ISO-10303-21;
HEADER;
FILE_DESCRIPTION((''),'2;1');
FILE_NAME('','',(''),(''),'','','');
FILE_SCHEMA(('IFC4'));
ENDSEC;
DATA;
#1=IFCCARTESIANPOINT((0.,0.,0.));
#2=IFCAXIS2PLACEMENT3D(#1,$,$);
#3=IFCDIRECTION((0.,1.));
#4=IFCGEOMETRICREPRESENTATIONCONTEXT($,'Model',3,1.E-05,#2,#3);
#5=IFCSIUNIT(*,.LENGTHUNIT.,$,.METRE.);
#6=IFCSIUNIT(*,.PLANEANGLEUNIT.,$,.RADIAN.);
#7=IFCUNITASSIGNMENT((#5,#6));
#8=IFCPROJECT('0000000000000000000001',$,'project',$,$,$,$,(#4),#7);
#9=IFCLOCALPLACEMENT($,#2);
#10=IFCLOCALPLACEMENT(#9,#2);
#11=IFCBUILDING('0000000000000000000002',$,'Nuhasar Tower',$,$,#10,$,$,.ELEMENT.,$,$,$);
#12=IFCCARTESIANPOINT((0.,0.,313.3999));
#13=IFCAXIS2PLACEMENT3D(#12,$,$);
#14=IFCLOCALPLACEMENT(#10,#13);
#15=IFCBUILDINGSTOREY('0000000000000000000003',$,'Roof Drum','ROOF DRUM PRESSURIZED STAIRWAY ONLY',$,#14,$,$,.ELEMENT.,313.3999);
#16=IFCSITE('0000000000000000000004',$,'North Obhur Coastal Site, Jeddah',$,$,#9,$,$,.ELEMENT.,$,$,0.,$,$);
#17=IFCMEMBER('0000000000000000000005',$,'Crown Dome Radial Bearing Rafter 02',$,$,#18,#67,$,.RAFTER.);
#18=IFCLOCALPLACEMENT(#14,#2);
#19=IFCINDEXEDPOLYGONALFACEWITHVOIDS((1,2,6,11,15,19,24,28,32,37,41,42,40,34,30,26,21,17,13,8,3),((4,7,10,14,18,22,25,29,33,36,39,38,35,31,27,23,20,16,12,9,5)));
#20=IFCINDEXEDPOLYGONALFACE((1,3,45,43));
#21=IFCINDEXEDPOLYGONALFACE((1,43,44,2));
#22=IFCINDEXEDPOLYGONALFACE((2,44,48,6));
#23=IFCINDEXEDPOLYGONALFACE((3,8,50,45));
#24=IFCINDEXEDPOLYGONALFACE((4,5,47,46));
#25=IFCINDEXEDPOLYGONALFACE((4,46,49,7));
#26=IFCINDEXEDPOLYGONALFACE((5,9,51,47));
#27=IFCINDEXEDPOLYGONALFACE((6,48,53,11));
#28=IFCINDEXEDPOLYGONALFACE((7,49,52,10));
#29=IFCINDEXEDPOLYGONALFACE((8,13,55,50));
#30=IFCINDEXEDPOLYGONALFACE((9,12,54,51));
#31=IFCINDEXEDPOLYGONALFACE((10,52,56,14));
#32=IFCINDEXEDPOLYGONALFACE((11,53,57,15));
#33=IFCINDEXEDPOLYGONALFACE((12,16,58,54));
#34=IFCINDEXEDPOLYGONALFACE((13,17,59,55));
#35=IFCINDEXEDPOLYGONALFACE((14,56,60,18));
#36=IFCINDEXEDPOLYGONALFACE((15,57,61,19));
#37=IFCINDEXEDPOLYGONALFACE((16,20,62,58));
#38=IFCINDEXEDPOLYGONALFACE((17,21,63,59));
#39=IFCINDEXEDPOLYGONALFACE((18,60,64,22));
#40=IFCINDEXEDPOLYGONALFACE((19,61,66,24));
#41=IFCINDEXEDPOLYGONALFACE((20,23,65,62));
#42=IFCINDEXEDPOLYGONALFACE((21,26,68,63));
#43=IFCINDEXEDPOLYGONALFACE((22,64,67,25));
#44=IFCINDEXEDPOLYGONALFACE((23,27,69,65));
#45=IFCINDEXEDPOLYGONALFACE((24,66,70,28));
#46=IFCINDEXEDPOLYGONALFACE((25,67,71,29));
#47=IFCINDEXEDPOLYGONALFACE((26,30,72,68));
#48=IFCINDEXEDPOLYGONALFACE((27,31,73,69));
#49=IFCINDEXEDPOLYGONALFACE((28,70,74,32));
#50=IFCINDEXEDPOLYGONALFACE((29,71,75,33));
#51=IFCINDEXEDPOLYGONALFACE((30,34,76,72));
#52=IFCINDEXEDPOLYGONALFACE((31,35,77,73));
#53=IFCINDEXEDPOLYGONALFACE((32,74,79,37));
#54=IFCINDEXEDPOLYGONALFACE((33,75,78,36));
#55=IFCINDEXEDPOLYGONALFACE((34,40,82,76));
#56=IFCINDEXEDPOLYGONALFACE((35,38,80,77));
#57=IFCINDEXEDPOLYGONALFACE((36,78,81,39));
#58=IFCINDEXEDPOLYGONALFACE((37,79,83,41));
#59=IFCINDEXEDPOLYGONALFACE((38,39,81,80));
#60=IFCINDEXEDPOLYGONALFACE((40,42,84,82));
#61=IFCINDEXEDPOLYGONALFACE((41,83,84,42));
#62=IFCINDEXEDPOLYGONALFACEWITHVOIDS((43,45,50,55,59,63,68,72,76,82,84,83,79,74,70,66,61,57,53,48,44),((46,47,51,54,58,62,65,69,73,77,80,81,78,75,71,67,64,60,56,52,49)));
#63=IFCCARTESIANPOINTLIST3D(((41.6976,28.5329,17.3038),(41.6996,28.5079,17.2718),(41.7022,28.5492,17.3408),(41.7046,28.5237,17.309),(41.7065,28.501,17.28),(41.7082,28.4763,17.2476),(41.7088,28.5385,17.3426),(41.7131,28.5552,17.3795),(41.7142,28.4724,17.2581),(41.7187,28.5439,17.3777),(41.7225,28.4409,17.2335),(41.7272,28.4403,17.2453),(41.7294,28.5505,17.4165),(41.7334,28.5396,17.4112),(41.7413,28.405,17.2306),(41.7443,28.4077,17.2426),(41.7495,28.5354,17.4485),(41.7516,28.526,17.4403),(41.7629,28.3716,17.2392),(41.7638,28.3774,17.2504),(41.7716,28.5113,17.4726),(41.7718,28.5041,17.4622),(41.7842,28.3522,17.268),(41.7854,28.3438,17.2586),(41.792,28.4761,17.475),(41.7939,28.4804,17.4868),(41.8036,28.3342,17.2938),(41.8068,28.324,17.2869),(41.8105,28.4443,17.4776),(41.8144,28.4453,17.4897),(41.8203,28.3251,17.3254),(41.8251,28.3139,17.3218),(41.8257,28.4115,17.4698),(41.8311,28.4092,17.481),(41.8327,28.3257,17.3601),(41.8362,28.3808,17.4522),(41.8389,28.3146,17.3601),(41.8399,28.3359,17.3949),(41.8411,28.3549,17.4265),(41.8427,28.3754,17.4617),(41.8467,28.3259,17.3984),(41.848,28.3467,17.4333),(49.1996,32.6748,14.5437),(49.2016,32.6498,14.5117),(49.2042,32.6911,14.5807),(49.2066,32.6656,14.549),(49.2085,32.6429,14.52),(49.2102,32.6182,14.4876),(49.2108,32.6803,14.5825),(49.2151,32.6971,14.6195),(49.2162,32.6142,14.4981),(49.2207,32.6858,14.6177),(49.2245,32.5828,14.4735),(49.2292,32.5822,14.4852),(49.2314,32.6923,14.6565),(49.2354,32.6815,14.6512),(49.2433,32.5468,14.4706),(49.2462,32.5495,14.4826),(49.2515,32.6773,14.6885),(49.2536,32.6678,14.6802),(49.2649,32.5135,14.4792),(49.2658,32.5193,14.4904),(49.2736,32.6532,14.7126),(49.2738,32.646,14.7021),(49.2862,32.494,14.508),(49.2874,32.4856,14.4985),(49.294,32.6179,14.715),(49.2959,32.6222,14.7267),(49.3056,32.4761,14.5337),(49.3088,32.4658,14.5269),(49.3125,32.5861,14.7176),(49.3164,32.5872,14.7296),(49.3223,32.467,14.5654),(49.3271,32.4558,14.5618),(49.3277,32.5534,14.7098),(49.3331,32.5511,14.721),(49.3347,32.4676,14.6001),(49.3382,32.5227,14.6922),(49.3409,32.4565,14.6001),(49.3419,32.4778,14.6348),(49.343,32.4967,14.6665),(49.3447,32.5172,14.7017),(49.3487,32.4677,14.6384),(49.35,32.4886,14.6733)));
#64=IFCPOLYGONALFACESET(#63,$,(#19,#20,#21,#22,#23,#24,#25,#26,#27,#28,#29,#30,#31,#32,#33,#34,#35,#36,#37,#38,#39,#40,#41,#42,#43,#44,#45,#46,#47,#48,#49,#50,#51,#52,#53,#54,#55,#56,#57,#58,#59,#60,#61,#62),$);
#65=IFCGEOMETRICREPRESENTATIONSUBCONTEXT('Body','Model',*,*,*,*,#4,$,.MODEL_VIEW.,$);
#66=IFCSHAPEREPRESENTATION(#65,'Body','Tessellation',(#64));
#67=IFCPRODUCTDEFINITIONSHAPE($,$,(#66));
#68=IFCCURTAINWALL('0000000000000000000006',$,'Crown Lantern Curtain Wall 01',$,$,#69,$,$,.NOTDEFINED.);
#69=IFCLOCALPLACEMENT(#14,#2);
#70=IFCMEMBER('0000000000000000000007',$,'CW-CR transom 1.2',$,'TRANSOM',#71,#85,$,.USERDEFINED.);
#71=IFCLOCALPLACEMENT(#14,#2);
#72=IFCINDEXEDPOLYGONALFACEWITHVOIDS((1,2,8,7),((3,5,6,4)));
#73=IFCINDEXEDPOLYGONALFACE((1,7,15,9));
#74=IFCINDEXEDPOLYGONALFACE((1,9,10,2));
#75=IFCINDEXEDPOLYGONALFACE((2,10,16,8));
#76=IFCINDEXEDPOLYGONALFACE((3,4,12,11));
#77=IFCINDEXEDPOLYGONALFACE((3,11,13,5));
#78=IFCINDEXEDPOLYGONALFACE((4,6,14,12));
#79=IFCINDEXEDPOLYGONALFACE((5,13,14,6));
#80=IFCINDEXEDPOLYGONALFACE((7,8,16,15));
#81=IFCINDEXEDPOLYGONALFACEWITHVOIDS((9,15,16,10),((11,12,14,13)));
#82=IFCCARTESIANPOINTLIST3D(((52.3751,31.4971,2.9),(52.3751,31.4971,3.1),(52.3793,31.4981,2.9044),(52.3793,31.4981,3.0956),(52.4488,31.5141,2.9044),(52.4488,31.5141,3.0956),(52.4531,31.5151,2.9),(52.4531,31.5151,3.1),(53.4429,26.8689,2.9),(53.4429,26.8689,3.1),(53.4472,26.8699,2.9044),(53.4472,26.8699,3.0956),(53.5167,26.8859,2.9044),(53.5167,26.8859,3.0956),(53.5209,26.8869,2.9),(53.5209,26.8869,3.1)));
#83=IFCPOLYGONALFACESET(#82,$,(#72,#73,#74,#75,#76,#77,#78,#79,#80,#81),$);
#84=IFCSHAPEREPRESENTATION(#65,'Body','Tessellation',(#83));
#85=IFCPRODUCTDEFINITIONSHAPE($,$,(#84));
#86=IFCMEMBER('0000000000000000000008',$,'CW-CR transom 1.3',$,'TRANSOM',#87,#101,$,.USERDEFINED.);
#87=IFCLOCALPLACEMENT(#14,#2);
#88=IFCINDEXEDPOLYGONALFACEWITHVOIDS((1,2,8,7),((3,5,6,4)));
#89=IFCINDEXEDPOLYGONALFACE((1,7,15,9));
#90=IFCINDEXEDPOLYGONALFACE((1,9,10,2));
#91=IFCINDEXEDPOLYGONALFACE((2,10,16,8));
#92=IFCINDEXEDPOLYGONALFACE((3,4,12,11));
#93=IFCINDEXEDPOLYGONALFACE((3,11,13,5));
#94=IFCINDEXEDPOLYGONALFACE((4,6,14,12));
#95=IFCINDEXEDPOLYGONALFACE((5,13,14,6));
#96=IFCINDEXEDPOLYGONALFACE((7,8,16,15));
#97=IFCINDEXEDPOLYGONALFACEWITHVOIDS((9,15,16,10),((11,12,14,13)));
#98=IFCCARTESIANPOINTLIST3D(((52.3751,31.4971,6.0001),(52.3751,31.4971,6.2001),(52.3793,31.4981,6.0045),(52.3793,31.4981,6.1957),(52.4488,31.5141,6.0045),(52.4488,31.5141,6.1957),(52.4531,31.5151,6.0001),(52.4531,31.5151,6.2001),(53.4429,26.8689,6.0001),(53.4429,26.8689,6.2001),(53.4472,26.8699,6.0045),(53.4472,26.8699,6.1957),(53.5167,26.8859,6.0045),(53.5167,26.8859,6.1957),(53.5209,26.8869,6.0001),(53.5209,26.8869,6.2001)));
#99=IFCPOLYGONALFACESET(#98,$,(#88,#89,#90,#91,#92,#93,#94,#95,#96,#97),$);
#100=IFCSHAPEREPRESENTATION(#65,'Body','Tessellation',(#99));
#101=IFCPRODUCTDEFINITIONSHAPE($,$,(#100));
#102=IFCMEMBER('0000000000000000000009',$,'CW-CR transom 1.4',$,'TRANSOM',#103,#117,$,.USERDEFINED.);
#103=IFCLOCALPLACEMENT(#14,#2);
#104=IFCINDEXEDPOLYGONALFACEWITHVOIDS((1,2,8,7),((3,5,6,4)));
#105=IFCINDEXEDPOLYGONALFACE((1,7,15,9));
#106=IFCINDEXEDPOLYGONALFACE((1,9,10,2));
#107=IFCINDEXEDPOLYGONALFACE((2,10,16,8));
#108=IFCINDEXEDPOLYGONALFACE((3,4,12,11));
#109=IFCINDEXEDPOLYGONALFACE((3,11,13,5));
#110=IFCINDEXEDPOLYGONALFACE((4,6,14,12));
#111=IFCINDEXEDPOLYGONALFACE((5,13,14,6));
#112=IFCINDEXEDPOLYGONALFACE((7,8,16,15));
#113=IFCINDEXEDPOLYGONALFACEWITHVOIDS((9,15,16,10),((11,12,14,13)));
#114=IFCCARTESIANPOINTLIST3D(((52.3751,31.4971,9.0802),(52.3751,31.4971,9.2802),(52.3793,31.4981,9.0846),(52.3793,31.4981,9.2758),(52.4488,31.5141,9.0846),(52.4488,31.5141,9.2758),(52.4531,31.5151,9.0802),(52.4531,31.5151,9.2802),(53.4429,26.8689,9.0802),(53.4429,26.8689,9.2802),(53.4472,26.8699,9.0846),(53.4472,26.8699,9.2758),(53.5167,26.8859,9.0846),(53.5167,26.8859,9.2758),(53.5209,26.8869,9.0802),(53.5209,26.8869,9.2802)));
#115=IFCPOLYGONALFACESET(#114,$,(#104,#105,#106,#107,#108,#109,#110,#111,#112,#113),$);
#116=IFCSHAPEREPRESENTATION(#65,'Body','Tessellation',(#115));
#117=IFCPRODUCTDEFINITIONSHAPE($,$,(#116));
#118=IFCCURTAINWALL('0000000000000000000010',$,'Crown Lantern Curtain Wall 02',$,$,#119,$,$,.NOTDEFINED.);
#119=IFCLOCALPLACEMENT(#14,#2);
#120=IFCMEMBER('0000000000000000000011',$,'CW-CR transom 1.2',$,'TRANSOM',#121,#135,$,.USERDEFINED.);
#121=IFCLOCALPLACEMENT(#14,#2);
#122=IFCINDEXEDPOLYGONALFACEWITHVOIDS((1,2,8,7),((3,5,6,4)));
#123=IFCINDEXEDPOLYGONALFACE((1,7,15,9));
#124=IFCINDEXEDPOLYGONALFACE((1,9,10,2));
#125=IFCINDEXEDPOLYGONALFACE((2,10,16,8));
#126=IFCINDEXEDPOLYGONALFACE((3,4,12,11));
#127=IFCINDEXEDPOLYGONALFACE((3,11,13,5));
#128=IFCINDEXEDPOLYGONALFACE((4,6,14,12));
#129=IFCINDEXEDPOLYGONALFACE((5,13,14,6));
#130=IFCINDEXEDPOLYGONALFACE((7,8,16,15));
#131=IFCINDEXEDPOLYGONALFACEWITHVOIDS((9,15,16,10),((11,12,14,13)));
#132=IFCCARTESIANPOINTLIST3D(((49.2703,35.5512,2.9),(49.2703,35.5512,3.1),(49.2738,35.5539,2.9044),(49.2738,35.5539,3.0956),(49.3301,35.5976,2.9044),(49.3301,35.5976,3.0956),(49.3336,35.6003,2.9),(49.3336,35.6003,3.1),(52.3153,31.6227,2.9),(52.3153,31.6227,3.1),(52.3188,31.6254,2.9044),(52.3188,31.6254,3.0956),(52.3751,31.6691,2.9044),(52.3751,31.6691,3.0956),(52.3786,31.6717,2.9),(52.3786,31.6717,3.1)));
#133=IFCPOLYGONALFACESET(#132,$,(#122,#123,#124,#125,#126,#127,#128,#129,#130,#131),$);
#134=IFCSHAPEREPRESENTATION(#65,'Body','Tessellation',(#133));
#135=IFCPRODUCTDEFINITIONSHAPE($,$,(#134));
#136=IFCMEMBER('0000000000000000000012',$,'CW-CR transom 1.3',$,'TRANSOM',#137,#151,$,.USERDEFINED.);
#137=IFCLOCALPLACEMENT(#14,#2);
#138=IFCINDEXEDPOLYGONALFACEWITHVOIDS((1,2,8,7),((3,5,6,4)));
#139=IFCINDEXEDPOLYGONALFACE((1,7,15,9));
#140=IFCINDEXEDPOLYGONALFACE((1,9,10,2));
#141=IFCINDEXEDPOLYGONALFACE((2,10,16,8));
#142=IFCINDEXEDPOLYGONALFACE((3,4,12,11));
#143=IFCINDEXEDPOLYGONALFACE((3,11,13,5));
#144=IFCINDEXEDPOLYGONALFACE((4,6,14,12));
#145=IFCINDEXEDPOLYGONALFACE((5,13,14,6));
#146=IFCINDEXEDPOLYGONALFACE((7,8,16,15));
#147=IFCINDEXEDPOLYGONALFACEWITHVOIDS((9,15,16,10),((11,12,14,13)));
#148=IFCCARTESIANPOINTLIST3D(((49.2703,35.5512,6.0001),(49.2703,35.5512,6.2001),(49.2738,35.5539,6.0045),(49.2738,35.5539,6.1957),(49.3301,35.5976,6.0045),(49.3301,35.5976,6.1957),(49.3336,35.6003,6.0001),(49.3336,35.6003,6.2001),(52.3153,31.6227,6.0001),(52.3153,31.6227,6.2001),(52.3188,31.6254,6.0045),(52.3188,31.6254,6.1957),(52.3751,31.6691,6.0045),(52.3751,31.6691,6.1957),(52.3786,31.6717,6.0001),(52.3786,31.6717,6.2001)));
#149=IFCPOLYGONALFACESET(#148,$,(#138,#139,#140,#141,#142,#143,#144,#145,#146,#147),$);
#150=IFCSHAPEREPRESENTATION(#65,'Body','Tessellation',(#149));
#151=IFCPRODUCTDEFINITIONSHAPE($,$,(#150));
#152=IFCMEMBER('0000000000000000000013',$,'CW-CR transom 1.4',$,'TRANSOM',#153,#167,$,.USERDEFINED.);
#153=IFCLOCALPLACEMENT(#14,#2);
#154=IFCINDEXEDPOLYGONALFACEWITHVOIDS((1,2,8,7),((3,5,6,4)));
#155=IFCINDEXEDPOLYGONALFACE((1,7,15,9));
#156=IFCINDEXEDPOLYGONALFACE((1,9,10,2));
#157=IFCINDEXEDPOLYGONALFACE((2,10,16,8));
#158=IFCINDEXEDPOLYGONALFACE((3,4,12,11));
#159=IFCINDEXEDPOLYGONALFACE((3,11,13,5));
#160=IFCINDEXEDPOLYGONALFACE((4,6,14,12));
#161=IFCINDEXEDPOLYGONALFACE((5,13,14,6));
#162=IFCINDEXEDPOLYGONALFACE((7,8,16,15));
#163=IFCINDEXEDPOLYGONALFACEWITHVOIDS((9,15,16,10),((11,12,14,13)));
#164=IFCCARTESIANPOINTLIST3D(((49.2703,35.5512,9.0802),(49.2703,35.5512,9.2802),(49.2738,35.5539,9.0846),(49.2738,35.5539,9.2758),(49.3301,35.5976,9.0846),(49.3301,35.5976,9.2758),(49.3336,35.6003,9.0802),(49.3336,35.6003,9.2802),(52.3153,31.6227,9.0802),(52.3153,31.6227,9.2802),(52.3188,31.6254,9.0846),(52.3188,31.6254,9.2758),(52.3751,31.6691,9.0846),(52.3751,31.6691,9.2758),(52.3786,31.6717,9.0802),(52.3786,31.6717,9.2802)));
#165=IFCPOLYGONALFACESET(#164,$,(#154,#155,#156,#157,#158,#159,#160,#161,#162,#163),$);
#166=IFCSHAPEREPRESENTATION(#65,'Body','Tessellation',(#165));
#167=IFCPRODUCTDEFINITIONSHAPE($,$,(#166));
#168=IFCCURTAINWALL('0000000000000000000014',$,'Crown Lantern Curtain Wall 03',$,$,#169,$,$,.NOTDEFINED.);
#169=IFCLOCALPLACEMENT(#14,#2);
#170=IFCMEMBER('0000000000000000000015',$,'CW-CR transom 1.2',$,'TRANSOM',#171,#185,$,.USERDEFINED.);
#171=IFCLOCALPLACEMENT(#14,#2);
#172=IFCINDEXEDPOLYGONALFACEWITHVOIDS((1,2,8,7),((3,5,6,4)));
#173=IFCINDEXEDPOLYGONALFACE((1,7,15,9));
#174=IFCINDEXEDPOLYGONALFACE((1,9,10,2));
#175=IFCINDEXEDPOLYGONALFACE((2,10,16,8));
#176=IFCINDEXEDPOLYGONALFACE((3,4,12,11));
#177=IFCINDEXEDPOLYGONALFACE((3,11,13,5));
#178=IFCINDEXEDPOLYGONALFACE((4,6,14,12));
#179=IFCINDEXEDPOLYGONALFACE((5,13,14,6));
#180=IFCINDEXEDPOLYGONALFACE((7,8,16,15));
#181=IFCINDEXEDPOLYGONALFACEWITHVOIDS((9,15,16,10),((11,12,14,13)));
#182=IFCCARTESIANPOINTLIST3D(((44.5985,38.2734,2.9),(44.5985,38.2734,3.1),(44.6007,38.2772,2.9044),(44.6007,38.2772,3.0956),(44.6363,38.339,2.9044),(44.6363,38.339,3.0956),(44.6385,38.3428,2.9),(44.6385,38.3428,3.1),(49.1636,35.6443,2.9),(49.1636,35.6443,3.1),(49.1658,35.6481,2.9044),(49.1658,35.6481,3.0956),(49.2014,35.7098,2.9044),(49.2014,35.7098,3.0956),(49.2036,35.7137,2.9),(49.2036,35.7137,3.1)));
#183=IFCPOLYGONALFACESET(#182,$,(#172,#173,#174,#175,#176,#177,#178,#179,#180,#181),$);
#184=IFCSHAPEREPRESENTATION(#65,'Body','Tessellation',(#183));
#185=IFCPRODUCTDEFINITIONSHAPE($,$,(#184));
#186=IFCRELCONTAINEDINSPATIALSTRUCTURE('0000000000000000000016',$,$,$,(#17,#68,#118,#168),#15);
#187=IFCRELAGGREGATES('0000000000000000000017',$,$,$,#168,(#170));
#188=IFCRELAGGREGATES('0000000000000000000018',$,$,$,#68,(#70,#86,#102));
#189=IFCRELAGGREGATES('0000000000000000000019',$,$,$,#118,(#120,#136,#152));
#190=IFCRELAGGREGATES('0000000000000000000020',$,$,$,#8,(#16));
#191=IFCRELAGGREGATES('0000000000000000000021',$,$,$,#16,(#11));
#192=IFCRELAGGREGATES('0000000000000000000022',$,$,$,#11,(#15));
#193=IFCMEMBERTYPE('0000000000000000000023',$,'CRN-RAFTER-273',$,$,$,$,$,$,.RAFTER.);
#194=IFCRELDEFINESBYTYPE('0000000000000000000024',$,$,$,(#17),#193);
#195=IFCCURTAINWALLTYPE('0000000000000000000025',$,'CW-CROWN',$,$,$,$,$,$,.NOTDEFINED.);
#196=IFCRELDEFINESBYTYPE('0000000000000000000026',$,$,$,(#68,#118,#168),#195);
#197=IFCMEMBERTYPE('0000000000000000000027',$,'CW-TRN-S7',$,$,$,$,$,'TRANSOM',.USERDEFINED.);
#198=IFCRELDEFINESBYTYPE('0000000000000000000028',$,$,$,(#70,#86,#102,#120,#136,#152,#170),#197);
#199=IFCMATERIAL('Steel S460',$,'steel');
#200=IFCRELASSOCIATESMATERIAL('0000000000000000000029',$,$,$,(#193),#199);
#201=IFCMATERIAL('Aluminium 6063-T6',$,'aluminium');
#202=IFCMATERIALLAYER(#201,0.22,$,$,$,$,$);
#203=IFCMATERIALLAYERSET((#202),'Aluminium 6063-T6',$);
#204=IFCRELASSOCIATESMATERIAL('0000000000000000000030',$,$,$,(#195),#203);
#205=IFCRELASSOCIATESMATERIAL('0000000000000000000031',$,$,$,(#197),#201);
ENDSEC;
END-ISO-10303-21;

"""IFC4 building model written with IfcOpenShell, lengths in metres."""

from ifc_helpers import new_model, si_unit, direction, frame, origin, origin_2d, place, context, subcontext, project, spatial, hollow_rectangle, hollow_circle, extrude, material, layer, layer_set, material_profile, profile_set, type_object, element, aggregate, save


model = new_model("IFC4")

# Units and contexts
model_context = context("Model", 3, precision=1e-05, world=origin(), true_north=direction((0.0, 1.0)))
body_context = subcontext(model_context, "Body", "Model", "MODEL_VIEW")
ifc_project = project(units=[si_unit("LENGTHUNIT", "METRE"), si_unit("PLANEANGLEUNIT", "RADIAN")], contexts=[model_context])

# Site, building, storey
site_placement = place(None, origin())
site = spatial("IfcSite", under=ifc_project, at=site_placement, Name="North Obhur Coastal Site, Jeddah", CompositionType="ELEMENT", RefElevation=0.0)
building_placement = place(site_placement, origin())
building = spatial("IfcBuilding", under=site, at=building_placement, Name="Nuhasar Tower", CompositionType="ELEMENT")
storey_placement = place(building_placement, frame((0.0, 0.0, 313.3999)))
storey = spatial("IfcBuildingStorey", under=building, at=storey_placement, Name="Roof Drum", Description="ROOF DRUM PRESSURIZED STAIRWAY ONLY", CompositionType="ELEMENT", Elevation=313.3999)

# Shared definitions
ifc_material_1 = material(Name="Steel S460", Category="steel")

# Member
ifc_material_profile_1 = material_profile(ifc_material_1, hollow_circle(Radius=0.1365, WallThickness=0.0127, at=origin_2d()), Name="HSS273.1X12.7")
ifc_profile_set_1 = profile_set([ifc_material_profile_1], Name="Steel S460")
member_type_1 = type_object("IfcMemberType", Name="CRN-RAFTER-273", PredefinedType="RAFTER", material=ifc_profile_set_1)
member_1_placement = place(storey_placement, frame((49.2749, 32.5759, 14.6001), z_axis=(-0.833284, -0.460058, 0.30657), x_axis=(0.483331, -0.875438, 0.0)))
element("IfcMember", 1, at=member_1_placement, inside=storey, type_object=member_type_1, Name="Crown Dome Radial Bearing Rafter 02", PredefinedType="RAFTER", context=body_context, shape_type="SweptSolid", body=[
    extrude(hollow_circle(Radius=0.1365, WallThickness=0.0127, at=origin_2d()), origin(), (0.0, 0.0, 1.0), 9.0029),
])

# Curtain walls, members
ifc_material_2 = material(Name="Aluminium 6063-T6", Category="aluminium")
ifc_layer_1 = layer(ifc_material_2, 0.22)
ifc_layer_set_1 = layer_set([ifc_layer_1], Name="Aluminium 6063-T6")
curtain_wall_type = type_object("IfcCurtainWallType", Name="CW-CROWN", PredefinedType="NOTDEFINED", material=ifc_layer_set_1)
curtain_wall_1_placement = place(storey_placement, origin())
curtain_wall_1 = element("IfcCurtainWall", 2, at=curtain_wall_1_placement, inside=storey, type_object=curtain_wall_type, Name="Crown Lantern Curtain Wall 01", PredefinedType="NOTDEFINED")
ifc_material_profile_2 = material_profile(ifc_material_2, hollow_rectangle(XDim=0.0801, YDim=0.2, WallThickness=0.0044, at=origin_2d()), Name="CWT-7")
ifc_profile_set_2 = profile_set([ifc_material_profile_2], Name="Aluminium 6063-T6")
member_type_2 = type_object("IfcMemberType", Name="CW-TRN-S7", ElementType="TRANSOM", PredefinedType="USERDEFINED", material=ifc_profile_set_2)
member_2_placement = place(storey_placement, frame((53.4819, 26.8779, 3.0), z_axis=(-0.224826, 0.974399, 0.0), x_axis=(-0.974399, -0.224826, 0.0)))
member_2 = element("IfcMember", 3, at=member_2_placement, type_object=member_type_2, Name="CW-CR transom 1.2", ObjectType="TRANSOM", PredefinedType="USERDEFINED", context=body_context, shape_type="SweptSolid", body=[
    extrude(hollow_rectangle(XDim=0.0801, YDim=0.2, WallThickness=0.0044, at=origin_2d()), origin(), (0.0, 0.0, 1.0), 4.7498),
])
member_3_placement = place(storey_placement, frame((53.4819, 26.8779, 6.1001), z_axis=(-0.224826, 0.974399, 0.0), x_axis=(-0.974399, -0.224826, 0.0)))
member_3 = element("IfcMember", 4, at=member_3_placement, type_object=member_type_2, Name="CW-CR transom 1.3", ObjectType="TRANSOM", PredefinedType="USERDEFINED", context=body_context, shape_type="SweptSolid", body=[
    extrude(hollow_rectangle(XDim=0.0801, YDim=0.2, WallThickness=0.0044, at=origin_2d()), origin(), (0.0, 0.0, 1.0), 4.7498),
])
member_4_placement = place(storey_placement, frame((53.4819, 26.8779, 9.1802), z_axis=(-0.224826, 0.974399, 0.0), x_axis=(-0.974399, -0.224826, 0.0)))
member_4 = element("IfcMember", 5, at=member_4_placement, type_object=member_type_2, Name="CW-CR transom 1.4", ObjectType="TRANSOM", PredefinedType="USERDEFINED", context=body_context, shape_type="SweptSolid", body=[
    extrude(hollow_rectangle(XDim=0.0801, YDim=0.2, WallThickness=0.0044, at=origin_2d()), origin(), (0.0, 0.0, 1.0), 4.7498),
])
curtain_wall_2_placement = place(storey_placement, origin())
curtain_wall_2 = element("IfcCurtainWall", 6, at=curtain_wall_2_placement, inside=storey, type_object=curtain_wall_type, Name="Crown Lantern Curtain Wall 02", PredefinedType="NOTDEFINED")
member_5_placement = place(storey_placement, frame((52.3469, 31.6472, 3.0), z_axis=(-0.612617, 0.79038, 0.0), x_axis=(-0.79038, -0.612617, 0.0)))
member_5 = element("IfcMember", 7, at=member_5_placement, type_object=member_type_2, Name="CW-CR transom 1.2", ObjectType="TRANSOM", PredefinedType="USERDEFINED", context=body_context, shape_type="SweptSolid", body=[
    extrude(hollow_rectangle(XDim=0.0801, YDim=0.2, WallThickness=0.0044, at=origin_2d()), origin(), (0.0, 0.0, 1.0), 4.9705),
])
member_6_placement = place(storey_placement, frame((52.3469, 31.6472, 6.1001), z_axis=(-0.612617, 0.79038, 0.0), x_axis=(-0.79038, -0.612617, 0.0)))
member_6 = element("IfcMember", 8, at=member_6_placement, type_object=member_type_2, Name="CW-CR transom 1.3", ObjectType="TRANSOM", PredefinedType="USERDEFINED", context=body_context, shape_type="SweptSolid", body=[
    extrude(hollow_rectangle(XDim=0.0801, YDim=0.2, WallThickness=0.0044, at=origin_2d()), origin(), (0.0, 0.0, 1.0), 4.9705),
])
member_7_placement = place(storey_placement, frame((52.3469, 31.6472, 9.1802), z_axis=(-0.612617, 0.79038, 0.0), x_axis=(-0.79038, -0.612617, 0.0)))
member_7 = element("IfcMember", 9, at=member_7_placement, type_object=member_type_2, Name="CW-CR transom 1.4", ObjectType="TRANSOM", PredefinedType="USERDEFINED", context=body_context, shape_type="SweptSolid", body=[
    extrude(hollow_rectangle(XDim=0.0801, YDim=0.2, WallThickness=0.0044, at=origin_2d()), origin(), (0.0, 0.0, 1.0), 4.9705),
])
curtain_wall_3_placement = place(storey_placement, origin())
curtain_wall_3 = element("IfcCurtainWall", 10, at=curtain_wall_3_placement, inside=storey, type_object=curtain_wall_type, Name="Crown Lantern Curtain Wall 03", PredefinedType="NOTDEFINED")
member_8_placement = place(storey_placement, frame((49.1836, 35.679, 3.0), z_axis=(-0.866564, 0.499066, 0.0), x_axis=(-0.499066, -0.866564, 0.0)))
member_8 = element("IfcMember", 11, at=member_8_placement, type_object=member_type_2, Name="CW-CR transom 1.2", ObjectType="TRANSOM", PredefinedType="USERDEFINED", context=body_context, shape_type="SweptSolid", body=[
    extrude(hollow_rectangle(XDim=0.0801, YDim=0.2, WallThickness=0.0044, at=origin_2d()), origin(), (0.0, 0.0, 1.0), 5.2681),
])
aggregate(curtain_wall_3, [member_8])

aggregate(curtain_wall_1, [member_2, member_3, member_4])
aggregate(curtain_wall_2, [member_5, member_6, member_7])

save(model, "model.ifc")
